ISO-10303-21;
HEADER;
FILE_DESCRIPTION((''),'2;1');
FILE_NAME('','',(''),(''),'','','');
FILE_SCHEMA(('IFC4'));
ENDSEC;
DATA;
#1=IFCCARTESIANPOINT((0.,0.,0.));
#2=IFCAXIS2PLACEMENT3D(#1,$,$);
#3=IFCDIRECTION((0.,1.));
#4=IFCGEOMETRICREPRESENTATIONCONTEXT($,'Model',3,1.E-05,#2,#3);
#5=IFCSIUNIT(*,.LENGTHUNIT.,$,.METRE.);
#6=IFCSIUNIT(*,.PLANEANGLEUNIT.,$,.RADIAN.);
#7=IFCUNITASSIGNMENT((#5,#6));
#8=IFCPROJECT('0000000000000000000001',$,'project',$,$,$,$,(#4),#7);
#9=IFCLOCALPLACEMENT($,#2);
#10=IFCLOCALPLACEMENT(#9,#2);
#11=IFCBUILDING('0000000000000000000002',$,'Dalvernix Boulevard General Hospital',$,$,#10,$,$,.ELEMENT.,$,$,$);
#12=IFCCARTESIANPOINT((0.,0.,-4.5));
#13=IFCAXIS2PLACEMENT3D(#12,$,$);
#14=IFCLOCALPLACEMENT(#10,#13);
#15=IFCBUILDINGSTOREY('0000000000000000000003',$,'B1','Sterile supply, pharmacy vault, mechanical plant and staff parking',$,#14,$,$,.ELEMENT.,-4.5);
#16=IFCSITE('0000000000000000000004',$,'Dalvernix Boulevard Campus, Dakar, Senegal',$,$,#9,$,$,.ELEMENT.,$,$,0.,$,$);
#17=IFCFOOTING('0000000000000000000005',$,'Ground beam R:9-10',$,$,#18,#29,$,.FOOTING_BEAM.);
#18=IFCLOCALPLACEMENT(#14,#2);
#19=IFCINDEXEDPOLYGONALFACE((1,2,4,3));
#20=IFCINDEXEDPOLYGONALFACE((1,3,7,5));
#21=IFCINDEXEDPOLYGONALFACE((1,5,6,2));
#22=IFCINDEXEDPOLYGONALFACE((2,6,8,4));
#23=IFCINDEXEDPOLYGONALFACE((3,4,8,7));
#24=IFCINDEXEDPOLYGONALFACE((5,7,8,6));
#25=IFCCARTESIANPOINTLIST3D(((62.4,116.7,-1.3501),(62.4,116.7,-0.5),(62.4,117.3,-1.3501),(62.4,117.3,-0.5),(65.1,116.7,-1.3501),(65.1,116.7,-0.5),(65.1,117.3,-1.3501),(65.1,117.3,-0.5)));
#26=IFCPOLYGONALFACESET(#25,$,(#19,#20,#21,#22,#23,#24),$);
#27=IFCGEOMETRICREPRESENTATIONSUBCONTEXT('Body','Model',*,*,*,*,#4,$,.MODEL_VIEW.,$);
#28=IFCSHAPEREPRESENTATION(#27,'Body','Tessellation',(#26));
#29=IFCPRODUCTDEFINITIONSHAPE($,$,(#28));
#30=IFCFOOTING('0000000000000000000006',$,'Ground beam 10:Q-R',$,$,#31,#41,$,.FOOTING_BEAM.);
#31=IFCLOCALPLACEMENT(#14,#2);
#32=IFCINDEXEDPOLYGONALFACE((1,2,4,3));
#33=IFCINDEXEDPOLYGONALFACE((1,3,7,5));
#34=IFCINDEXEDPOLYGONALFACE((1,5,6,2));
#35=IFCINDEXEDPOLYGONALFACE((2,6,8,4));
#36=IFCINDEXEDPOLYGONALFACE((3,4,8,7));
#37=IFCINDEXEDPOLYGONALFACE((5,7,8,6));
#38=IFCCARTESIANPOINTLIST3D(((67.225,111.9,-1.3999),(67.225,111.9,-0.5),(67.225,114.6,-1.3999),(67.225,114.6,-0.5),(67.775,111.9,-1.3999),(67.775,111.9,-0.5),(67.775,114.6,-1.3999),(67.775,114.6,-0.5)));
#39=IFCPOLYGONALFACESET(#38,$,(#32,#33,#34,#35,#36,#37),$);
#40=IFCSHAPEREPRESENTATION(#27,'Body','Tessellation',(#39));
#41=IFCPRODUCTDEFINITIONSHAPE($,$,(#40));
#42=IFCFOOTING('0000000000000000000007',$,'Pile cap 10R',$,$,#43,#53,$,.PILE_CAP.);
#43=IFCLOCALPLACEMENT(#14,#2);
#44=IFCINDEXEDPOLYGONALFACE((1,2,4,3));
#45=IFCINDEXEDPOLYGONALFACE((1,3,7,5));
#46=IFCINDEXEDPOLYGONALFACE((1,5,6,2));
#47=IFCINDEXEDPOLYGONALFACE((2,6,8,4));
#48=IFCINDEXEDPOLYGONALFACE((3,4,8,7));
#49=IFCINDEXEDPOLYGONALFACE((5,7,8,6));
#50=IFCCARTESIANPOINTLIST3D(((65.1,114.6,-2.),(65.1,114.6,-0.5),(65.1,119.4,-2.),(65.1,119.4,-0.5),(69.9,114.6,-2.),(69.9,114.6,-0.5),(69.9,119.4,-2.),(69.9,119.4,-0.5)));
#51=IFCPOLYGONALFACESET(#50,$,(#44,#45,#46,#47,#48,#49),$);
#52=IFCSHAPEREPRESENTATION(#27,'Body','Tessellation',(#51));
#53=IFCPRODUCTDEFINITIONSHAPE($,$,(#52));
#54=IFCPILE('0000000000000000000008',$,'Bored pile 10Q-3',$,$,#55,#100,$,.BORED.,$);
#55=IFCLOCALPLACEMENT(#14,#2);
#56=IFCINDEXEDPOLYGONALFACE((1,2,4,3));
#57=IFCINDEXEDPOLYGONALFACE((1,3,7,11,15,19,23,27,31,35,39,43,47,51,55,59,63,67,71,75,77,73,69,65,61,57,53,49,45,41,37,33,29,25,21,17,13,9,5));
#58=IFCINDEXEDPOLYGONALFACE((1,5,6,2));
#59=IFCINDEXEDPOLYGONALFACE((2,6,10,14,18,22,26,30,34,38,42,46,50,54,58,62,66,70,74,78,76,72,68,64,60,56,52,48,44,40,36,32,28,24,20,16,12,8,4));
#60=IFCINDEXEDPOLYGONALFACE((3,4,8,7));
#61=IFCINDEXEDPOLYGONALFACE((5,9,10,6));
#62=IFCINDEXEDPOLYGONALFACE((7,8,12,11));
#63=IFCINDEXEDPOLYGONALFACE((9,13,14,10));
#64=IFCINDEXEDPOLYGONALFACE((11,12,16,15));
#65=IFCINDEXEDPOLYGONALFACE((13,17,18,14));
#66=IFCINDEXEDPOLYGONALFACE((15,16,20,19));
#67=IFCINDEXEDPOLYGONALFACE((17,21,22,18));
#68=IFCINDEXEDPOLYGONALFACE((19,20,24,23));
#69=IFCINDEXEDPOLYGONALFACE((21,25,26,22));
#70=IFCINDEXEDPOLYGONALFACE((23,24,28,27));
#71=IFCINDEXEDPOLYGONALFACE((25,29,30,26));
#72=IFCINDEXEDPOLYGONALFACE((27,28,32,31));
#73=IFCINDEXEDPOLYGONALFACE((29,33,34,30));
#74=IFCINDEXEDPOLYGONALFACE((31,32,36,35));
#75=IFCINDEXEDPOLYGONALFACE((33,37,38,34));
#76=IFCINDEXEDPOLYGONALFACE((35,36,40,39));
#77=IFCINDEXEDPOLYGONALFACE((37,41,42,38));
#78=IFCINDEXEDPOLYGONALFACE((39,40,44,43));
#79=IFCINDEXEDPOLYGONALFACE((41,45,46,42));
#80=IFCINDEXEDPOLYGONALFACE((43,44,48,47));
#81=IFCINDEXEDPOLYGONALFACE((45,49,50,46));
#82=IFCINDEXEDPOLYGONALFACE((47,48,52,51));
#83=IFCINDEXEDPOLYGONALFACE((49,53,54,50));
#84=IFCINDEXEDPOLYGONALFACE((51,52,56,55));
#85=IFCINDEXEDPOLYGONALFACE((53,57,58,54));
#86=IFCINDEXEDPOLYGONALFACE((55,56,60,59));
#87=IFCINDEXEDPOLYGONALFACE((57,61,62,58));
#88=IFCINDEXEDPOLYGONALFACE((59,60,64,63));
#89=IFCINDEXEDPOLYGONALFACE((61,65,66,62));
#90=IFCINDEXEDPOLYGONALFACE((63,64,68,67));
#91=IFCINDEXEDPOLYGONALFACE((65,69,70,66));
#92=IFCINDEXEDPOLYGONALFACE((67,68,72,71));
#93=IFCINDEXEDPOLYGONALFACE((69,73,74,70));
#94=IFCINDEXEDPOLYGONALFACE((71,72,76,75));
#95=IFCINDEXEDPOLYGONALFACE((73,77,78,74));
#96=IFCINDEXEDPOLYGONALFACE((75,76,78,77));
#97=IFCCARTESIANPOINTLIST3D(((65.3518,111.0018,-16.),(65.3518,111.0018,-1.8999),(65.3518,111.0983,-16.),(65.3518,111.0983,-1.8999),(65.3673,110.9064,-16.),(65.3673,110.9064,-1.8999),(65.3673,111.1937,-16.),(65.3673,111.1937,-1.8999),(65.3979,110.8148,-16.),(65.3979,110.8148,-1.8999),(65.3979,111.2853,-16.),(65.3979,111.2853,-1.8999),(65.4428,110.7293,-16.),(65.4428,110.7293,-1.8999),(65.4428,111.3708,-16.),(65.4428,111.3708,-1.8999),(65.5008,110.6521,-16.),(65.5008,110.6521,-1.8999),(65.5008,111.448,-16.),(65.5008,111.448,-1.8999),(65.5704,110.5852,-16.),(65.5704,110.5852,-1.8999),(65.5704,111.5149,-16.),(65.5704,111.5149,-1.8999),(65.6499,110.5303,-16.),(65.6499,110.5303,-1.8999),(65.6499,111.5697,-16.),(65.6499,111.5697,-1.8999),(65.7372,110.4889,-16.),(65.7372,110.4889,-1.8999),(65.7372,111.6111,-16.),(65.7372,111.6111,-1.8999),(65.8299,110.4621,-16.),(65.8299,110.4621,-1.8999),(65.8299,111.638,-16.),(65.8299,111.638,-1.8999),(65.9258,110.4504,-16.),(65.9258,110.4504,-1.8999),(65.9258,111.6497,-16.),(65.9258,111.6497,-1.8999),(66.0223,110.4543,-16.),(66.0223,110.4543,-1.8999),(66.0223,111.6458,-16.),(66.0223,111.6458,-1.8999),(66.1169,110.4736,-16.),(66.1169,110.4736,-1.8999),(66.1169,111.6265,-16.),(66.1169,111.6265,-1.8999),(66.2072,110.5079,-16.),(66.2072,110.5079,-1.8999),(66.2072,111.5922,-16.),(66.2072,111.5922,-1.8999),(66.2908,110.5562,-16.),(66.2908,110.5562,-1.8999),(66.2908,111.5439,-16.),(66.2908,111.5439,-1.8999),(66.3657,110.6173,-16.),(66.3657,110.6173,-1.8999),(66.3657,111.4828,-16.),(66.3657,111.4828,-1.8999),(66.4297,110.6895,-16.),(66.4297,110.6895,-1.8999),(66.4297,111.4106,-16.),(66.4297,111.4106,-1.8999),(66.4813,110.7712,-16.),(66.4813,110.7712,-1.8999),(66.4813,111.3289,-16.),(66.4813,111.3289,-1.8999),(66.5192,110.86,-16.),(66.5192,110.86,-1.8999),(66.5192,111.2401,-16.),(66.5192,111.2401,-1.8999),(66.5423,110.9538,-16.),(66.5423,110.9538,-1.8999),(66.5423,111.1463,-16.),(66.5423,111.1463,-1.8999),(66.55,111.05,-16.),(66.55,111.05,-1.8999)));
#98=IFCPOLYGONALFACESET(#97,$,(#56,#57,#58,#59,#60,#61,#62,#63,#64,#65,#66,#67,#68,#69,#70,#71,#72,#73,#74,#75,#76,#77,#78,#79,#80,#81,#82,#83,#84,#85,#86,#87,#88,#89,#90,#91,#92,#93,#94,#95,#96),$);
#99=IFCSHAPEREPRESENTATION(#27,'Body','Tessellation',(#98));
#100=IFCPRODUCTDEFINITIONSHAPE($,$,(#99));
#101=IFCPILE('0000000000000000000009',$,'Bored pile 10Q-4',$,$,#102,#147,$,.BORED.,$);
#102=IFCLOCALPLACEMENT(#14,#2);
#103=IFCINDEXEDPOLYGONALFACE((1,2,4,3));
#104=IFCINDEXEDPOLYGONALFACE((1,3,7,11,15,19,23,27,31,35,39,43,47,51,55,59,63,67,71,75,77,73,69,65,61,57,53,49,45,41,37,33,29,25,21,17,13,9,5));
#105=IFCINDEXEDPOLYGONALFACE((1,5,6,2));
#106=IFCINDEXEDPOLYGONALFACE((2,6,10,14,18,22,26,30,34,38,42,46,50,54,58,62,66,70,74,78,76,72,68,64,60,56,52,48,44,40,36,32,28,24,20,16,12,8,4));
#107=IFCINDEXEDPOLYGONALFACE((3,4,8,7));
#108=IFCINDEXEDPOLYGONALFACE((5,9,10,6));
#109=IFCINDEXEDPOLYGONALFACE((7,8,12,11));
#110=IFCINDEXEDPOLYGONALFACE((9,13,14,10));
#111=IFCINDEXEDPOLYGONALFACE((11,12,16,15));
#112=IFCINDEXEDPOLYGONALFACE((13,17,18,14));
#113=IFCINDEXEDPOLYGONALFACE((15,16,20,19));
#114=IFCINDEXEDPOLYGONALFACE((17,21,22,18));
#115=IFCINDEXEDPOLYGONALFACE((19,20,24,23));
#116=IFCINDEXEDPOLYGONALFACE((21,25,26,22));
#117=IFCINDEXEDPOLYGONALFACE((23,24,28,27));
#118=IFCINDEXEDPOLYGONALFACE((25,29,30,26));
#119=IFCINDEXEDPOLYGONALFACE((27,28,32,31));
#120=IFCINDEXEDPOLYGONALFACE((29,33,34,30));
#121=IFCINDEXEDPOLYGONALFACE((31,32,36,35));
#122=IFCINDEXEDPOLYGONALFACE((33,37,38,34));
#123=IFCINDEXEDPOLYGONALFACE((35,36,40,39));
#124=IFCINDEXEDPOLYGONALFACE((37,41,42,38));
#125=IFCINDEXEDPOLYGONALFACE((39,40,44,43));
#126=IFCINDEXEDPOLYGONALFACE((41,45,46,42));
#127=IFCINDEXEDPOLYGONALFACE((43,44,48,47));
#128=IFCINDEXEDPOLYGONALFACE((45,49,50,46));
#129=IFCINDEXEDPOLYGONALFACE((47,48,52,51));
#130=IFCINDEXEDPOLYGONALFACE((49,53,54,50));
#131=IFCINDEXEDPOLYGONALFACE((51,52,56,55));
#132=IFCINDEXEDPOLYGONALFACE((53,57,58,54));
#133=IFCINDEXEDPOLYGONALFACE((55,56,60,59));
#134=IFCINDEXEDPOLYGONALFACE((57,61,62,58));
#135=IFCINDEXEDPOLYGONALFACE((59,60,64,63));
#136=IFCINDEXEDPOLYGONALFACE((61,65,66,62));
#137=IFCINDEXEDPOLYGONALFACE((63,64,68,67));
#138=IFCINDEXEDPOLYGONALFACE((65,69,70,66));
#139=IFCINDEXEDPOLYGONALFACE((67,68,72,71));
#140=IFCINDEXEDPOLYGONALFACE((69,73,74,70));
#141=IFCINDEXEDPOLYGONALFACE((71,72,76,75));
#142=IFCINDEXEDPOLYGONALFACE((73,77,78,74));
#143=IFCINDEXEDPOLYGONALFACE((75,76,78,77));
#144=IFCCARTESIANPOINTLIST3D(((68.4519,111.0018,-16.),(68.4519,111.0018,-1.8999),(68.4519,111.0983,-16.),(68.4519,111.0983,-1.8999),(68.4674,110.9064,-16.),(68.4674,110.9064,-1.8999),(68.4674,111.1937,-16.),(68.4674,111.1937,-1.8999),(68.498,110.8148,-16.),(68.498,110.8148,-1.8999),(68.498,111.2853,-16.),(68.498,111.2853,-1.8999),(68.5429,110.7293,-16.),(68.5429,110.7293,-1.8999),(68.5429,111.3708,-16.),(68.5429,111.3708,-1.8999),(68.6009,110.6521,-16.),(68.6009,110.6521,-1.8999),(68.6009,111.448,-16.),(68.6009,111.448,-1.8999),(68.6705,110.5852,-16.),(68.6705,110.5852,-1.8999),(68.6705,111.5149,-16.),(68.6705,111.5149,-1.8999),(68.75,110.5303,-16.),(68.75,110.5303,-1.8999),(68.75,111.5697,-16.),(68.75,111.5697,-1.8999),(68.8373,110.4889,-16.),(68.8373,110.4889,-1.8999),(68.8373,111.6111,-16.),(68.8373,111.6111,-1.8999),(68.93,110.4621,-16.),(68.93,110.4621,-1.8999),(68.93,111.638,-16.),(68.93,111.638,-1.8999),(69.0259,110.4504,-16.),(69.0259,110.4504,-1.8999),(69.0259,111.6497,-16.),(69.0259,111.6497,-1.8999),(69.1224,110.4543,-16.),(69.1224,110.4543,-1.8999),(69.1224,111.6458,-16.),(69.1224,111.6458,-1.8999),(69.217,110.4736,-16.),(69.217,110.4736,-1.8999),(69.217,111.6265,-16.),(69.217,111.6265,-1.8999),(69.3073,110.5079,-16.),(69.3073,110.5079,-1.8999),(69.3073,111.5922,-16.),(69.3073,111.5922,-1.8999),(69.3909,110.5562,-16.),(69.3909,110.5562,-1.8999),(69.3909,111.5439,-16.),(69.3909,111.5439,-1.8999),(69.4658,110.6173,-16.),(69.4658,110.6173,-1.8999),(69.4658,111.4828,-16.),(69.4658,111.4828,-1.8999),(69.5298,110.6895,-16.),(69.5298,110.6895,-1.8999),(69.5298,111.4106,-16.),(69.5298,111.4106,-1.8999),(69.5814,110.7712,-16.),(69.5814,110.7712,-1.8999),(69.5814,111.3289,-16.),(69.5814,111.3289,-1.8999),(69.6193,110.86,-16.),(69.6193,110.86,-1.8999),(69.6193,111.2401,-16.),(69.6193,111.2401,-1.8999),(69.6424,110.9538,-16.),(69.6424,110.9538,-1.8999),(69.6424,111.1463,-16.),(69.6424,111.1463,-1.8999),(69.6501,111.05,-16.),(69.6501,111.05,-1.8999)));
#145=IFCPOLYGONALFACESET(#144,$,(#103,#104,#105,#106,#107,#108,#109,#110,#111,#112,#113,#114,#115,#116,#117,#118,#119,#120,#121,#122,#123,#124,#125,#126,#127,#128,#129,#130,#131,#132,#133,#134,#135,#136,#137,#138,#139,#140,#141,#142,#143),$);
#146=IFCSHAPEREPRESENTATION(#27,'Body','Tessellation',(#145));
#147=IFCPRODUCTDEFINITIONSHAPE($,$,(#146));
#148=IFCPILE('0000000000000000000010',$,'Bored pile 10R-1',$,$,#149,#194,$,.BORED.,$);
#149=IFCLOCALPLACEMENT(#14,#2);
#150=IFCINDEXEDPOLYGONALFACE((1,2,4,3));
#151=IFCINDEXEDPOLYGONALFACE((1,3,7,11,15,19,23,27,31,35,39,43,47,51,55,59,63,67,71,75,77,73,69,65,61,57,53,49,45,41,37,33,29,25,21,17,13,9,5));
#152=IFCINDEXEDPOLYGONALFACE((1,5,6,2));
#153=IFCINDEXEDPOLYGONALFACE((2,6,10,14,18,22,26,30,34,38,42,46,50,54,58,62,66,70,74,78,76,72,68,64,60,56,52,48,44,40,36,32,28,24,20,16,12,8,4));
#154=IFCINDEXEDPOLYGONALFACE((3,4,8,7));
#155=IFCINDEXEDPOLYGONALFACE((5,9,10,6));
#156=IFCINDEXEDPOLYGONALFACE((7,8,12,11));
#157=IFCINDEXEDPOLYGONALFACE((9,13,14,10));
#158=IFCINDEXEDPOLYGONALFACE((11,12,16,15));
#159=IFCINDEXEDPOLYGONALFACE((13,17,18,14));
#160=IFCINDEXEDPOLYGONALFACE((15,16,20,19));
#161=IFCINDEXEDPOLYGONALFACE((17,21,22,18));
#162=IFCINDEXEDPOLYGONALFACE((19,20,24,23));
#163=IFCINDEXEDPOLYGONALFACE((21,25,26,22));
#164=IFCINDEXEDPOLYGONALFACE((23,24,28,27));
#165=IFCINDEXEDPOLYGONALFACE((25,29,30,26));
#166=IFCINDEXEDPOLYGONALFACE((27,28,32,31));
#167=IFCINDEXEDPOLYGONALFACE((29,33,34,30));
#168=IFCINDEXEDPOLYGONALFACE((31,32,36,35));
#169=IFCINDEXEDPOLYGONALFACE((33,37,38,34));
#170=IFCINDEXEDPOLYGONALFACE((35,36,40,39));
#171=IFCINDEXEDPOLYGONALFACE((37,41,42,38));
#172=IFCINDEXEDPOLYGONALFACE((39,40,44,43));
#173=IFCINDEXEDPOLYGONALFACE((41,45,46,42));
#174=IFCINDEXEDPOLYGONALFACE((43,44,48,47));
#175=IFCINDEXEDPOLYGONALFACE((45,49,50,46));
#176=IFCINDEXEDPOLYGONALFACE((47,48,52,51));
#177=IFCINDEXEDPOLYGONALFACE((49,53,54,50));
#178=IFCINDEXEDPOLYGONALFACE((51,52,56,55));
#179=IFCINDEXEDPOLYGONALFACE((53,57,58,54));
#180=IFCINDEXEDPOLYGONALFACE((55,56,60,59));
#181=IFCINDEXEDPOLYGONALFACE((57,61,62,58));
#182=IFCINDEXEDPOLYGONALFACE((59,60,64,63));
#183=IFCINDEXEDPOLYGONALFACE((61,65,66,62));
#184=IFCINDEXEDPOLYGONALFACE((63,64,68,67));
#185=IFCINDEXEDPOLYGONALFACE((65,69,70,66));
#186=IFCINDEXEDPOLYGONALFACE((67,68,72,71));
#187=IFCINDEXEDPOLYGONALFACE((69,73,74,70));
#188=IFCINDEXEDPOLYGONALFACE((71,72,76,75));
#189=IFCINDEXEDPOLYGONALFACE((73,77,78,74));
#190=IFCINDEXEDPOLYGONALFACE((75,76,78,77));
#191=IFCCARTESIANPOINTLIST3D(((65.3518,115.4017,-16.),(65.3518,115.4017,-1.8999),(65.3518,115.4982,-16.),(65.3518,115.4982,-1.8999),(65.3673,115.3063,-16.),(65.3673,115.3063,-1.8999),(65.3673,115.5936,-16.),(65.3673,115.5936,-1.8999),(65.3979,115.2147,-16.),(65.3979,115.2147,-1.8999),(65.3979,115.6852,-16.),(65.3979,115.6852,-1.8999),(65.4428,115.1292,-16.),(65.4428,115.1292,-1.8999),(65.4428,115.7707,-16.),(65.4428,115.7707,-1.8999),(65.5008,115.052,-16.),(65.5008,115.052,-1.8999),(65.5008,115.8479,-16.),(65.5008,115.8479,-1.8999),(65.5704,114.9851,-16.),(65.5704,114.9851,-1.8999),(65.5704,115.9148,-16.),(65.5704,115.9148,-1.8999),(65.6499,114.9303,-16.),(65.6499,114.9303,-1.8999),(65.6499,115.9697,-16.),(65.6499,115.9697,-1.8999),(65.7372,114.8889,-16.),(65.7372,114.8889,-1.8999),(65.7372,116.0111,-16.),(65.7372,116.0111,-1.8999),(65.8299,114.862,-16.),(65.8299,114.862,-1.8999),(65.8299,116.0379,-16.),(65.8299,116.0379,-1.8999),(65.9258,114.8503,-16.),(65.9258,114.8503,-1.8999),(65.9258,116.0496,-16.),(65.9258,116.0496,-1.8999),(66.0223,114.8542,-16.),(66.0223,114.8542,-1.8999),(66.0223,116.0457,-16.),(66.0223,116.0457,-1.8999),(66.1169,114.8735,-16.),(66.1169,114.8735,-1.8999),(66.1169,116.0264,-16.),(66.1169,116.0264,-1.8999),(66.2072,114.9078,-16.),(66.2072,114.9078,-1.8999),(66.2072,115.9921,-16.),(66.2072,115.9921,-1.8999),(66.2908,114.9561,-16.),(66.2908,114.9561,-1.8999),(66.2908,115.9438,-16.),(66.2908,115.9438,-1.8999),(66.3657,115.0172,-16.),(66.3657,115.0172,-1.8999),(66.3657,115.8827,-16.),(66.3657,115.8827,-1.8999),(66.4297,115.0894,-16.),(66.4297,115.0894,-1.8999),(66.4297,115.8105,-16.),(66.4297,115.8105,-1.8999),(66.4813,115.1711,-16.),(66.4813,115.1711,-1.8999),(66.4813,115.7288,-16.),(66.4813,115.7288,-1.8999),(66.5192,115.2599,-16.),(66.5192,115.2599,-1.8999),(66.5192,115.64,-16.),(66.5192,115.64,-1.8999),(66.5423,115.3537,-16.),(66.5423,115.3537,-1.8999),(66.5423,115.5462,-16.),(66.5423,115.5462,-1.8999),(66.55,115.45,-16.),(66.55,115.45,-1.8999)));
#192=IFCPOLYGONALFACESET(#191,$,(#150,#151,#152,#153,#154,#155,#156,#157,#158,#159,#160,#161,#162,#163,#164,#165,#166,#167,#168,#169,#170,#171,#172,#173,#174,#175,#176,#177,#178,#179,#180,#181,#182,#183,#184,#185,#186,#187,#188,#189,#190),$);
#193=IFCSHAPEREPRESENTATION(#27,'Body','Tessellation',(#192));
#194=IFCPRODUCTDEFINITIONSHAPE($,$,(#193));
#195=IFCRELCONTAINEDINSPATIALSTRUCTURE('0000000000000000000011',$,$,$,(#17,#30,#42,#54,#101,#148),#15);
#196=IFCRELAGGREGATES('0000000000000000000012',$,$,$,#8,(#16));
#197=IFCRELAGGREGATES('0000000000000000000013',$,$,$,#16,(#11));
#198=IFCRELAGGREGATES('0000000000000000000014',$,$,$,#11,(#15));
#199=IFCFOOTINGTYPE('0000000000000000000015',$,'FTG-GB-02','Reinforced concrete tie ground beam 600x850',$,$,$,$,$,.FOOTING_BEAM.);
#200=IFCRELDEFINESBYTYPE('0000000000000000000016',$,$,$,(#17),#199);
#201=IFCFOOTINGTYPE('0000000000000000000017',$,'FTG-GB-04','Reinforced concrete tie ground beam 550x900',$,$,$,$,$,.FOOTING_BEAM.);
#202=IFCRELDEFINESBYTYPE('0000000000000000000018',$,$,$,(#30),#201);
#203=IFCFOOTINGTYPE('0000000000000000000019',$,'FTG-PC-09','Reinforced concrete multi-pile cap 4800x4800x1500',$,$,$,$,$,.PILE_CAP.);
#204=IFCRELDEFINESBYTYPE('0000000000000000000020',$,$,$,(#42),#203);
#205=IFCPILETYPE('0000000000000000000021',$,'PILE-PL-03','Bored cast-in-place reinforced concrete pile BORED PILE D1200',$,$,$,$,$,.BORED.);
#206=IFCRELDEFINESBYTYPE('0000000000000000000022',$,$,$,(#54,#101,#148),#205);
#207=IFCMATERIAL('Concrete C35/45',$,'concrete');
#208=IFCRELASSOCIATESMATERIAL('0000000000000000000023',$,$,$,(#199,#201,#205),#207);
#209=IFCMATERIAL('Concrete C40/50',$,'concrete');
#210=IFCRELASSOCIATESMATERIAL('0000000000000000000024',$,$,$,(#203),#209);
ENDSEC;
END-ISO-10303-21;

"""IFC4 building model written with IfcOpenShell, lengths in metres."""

from ifc_helpers import new_model, si_unit, direction, frame, origin, origin_2d, place, context, subcontext, project, spatial, rectangle, circle, extrude, material, material_profile, profile_set, type_object, element, save


model = new_model("IFC4")

# Units and contexts
model_context = context("Model", 3, precision=1e-05, world=origin(), true_north=direction((0.0, 1.0)))
body_context = subcontext(model_context, "Body", "Model", "MODEL_VIEW")
ifc_project = project(units=[si_unit("LENGTHUNIT", "METRE"), si_unit("PLANEANGLEUNIT", "RADIAN")], contexts=[model_context])

# Site, building, storey
site_placement = place(None, origin())
site = spatial("IfcSite", under=ifc_project, at=site_placement, Name="Dalvernix Boulevard Campus, Dakar, Senegal", CompositionType="ELEMENT", RefElevation=0.0)
building_placement = place(site_placement, origin())
building = spatial("IfcBuilding", under=site, at=building_placement, Name="Dalvernix Boulevard General Hospital", CompositionType="ELEMENT")
storey_placement = place(building_placement, frame((0.0, 0.0, -4.5)))
storey = spatial("IfcBuildingStorey", under=building, at=storey_placement, Name="B1", Description="Sterile supply, pharmacy vault, mechanical plant and staff parking", CompositionType="ELEMENT", Elevation=-4.5)

# Footings
ifc_material_1 = material(Name="Concrete C35/45", Category="concrete")
footing_type_1 = type_object("IfcFootingType", Name="FTG-GB-02", Description="Reinforced concrete tie ground beam 600x850", PredefinedType="FOOTING_BEAM", material=ifc_material_1)
footing_1_placement = place(storey_placement, frame((63.75, 117.0, -1.3501), z_axis=(0.0, 0.0, 1.0), x_axis=(1.0, 0.0, 0.0)))
element("IfcFooting", 1, at=footing_1_placement, inside=storey, type_object=footing_type_1, Name="Ground beam R:9-10", PredefinedType="FOOTING_BEAM", context=body_context, shape_type="SweptSolid", body=[
    extrude(rectangle(XDim=2.7, YDim=0.6001, at=origin_2d()), origin(), (0.0, 0.0, 1.0), 0.8501),
])
footing_type_2 = type_object("IfcFootingType", Name="FTG-GB-04", Description="Reinforced concrete tie ground beam 550x900", PredefinedType="FOOTING_BEAM", material=ifc_material_1)
footing_2_placement = place(storey_placement, frame((67.5, 113.25, -1.3999), z_axis=(0.0, 0.0, 1.0), x_axis=(0.0, 1.0, 0.0)))
element("IfcFooting", 2, at=footing_2_placement, inside=storey, type_object=footing_type_2, Name="Ground beam 10:Q-R", PredefinedType="FOOTING_BEAM", context=body_context, shape_type="SweptSolid", body=[
    extrude(rectangle(XDim=2.7, YDim=0.55, at=origin_2d()), origin(), (0.0, 0.0, 1.0), 0.8999),
])
ifc_material_2 = material(Name="Concrete C40/50", Category="concrete")
footing_type_3 = type_object("IfcFootingType", Name="FTG-PC-09", Description="Reinforced concrete multi-pile cap 4800x4800x1500", PredefinedType="PILE_CAP", material=ifc_material_2)
footing_3_placement = place(storey_placement, frame((67.5, 117.0, -2.0), z_axis=(0.0, 0.0, 1.0), x_axis=(1.0, 0.0, 0.0)))
element("IfcFooting", 3, at=footing_3_placement, inside=storey, type_object=footing_type_3, Name="Pile cap 10R", PredefinedType="PILE_CAP", context=body_context, shape_type="SweptSolid", body=[
    extrude(rectangle(XDim=4.8, YDim=4.8, at=origin_2d()), origin(), (0.0, 0.0, 1.0), 1.5),
])

# Piles
ifc_material_profile_1 = material_profile(ifc_material_1, circle(Radius=0.6001, at=origin_2d()), Name="BORED PILE D1200")
ifc_profile_set_1 = profile_set([ifc_material_profile_1], Name="Concrete C35/45")
pile_type = type_object("IfcPileType", Name="PILE-PL-03", Description="Bored cast-in-place reinforced concrete pile BORED PILE D1200", PredefinedType="BORED", material=ifc_profile_set_1)
for number, where, z_axis, x_axis, name in (
    (4, (65.95, 111.05, -1.8999), (0.0, 0.0, -1.0), (1.0, 0.0, 0.0), "Bored pile 10Q-3"),
    (5, (69.05, 111.05, -1.8999), (0.0, 0.0, -1.0), (1.0, 0.0, 0.0), "Bored pile 10Q-4"),
    (6, (65.95, 115.45, -1.8999), (0.0, 0.0, -1.0), (1.0, 0.0, 0.0), "Bored pile 10R-1"),
):
    element("IfcPile", number, at=place(storey_placement, frame(where, z_axis=z_axis, x_axis=x_axis)), inside=storey, type_object=pile_type, Name=name, PredefinedType="BORED", context=body_context, shape_type="SweptSolid", body=[
        extrude(circle(Radius=0.6001, at=origin_2d()), origin(), (0.0, 0.0, 1.0), 14.1001),
    ])

save(model, "model.ifc")
